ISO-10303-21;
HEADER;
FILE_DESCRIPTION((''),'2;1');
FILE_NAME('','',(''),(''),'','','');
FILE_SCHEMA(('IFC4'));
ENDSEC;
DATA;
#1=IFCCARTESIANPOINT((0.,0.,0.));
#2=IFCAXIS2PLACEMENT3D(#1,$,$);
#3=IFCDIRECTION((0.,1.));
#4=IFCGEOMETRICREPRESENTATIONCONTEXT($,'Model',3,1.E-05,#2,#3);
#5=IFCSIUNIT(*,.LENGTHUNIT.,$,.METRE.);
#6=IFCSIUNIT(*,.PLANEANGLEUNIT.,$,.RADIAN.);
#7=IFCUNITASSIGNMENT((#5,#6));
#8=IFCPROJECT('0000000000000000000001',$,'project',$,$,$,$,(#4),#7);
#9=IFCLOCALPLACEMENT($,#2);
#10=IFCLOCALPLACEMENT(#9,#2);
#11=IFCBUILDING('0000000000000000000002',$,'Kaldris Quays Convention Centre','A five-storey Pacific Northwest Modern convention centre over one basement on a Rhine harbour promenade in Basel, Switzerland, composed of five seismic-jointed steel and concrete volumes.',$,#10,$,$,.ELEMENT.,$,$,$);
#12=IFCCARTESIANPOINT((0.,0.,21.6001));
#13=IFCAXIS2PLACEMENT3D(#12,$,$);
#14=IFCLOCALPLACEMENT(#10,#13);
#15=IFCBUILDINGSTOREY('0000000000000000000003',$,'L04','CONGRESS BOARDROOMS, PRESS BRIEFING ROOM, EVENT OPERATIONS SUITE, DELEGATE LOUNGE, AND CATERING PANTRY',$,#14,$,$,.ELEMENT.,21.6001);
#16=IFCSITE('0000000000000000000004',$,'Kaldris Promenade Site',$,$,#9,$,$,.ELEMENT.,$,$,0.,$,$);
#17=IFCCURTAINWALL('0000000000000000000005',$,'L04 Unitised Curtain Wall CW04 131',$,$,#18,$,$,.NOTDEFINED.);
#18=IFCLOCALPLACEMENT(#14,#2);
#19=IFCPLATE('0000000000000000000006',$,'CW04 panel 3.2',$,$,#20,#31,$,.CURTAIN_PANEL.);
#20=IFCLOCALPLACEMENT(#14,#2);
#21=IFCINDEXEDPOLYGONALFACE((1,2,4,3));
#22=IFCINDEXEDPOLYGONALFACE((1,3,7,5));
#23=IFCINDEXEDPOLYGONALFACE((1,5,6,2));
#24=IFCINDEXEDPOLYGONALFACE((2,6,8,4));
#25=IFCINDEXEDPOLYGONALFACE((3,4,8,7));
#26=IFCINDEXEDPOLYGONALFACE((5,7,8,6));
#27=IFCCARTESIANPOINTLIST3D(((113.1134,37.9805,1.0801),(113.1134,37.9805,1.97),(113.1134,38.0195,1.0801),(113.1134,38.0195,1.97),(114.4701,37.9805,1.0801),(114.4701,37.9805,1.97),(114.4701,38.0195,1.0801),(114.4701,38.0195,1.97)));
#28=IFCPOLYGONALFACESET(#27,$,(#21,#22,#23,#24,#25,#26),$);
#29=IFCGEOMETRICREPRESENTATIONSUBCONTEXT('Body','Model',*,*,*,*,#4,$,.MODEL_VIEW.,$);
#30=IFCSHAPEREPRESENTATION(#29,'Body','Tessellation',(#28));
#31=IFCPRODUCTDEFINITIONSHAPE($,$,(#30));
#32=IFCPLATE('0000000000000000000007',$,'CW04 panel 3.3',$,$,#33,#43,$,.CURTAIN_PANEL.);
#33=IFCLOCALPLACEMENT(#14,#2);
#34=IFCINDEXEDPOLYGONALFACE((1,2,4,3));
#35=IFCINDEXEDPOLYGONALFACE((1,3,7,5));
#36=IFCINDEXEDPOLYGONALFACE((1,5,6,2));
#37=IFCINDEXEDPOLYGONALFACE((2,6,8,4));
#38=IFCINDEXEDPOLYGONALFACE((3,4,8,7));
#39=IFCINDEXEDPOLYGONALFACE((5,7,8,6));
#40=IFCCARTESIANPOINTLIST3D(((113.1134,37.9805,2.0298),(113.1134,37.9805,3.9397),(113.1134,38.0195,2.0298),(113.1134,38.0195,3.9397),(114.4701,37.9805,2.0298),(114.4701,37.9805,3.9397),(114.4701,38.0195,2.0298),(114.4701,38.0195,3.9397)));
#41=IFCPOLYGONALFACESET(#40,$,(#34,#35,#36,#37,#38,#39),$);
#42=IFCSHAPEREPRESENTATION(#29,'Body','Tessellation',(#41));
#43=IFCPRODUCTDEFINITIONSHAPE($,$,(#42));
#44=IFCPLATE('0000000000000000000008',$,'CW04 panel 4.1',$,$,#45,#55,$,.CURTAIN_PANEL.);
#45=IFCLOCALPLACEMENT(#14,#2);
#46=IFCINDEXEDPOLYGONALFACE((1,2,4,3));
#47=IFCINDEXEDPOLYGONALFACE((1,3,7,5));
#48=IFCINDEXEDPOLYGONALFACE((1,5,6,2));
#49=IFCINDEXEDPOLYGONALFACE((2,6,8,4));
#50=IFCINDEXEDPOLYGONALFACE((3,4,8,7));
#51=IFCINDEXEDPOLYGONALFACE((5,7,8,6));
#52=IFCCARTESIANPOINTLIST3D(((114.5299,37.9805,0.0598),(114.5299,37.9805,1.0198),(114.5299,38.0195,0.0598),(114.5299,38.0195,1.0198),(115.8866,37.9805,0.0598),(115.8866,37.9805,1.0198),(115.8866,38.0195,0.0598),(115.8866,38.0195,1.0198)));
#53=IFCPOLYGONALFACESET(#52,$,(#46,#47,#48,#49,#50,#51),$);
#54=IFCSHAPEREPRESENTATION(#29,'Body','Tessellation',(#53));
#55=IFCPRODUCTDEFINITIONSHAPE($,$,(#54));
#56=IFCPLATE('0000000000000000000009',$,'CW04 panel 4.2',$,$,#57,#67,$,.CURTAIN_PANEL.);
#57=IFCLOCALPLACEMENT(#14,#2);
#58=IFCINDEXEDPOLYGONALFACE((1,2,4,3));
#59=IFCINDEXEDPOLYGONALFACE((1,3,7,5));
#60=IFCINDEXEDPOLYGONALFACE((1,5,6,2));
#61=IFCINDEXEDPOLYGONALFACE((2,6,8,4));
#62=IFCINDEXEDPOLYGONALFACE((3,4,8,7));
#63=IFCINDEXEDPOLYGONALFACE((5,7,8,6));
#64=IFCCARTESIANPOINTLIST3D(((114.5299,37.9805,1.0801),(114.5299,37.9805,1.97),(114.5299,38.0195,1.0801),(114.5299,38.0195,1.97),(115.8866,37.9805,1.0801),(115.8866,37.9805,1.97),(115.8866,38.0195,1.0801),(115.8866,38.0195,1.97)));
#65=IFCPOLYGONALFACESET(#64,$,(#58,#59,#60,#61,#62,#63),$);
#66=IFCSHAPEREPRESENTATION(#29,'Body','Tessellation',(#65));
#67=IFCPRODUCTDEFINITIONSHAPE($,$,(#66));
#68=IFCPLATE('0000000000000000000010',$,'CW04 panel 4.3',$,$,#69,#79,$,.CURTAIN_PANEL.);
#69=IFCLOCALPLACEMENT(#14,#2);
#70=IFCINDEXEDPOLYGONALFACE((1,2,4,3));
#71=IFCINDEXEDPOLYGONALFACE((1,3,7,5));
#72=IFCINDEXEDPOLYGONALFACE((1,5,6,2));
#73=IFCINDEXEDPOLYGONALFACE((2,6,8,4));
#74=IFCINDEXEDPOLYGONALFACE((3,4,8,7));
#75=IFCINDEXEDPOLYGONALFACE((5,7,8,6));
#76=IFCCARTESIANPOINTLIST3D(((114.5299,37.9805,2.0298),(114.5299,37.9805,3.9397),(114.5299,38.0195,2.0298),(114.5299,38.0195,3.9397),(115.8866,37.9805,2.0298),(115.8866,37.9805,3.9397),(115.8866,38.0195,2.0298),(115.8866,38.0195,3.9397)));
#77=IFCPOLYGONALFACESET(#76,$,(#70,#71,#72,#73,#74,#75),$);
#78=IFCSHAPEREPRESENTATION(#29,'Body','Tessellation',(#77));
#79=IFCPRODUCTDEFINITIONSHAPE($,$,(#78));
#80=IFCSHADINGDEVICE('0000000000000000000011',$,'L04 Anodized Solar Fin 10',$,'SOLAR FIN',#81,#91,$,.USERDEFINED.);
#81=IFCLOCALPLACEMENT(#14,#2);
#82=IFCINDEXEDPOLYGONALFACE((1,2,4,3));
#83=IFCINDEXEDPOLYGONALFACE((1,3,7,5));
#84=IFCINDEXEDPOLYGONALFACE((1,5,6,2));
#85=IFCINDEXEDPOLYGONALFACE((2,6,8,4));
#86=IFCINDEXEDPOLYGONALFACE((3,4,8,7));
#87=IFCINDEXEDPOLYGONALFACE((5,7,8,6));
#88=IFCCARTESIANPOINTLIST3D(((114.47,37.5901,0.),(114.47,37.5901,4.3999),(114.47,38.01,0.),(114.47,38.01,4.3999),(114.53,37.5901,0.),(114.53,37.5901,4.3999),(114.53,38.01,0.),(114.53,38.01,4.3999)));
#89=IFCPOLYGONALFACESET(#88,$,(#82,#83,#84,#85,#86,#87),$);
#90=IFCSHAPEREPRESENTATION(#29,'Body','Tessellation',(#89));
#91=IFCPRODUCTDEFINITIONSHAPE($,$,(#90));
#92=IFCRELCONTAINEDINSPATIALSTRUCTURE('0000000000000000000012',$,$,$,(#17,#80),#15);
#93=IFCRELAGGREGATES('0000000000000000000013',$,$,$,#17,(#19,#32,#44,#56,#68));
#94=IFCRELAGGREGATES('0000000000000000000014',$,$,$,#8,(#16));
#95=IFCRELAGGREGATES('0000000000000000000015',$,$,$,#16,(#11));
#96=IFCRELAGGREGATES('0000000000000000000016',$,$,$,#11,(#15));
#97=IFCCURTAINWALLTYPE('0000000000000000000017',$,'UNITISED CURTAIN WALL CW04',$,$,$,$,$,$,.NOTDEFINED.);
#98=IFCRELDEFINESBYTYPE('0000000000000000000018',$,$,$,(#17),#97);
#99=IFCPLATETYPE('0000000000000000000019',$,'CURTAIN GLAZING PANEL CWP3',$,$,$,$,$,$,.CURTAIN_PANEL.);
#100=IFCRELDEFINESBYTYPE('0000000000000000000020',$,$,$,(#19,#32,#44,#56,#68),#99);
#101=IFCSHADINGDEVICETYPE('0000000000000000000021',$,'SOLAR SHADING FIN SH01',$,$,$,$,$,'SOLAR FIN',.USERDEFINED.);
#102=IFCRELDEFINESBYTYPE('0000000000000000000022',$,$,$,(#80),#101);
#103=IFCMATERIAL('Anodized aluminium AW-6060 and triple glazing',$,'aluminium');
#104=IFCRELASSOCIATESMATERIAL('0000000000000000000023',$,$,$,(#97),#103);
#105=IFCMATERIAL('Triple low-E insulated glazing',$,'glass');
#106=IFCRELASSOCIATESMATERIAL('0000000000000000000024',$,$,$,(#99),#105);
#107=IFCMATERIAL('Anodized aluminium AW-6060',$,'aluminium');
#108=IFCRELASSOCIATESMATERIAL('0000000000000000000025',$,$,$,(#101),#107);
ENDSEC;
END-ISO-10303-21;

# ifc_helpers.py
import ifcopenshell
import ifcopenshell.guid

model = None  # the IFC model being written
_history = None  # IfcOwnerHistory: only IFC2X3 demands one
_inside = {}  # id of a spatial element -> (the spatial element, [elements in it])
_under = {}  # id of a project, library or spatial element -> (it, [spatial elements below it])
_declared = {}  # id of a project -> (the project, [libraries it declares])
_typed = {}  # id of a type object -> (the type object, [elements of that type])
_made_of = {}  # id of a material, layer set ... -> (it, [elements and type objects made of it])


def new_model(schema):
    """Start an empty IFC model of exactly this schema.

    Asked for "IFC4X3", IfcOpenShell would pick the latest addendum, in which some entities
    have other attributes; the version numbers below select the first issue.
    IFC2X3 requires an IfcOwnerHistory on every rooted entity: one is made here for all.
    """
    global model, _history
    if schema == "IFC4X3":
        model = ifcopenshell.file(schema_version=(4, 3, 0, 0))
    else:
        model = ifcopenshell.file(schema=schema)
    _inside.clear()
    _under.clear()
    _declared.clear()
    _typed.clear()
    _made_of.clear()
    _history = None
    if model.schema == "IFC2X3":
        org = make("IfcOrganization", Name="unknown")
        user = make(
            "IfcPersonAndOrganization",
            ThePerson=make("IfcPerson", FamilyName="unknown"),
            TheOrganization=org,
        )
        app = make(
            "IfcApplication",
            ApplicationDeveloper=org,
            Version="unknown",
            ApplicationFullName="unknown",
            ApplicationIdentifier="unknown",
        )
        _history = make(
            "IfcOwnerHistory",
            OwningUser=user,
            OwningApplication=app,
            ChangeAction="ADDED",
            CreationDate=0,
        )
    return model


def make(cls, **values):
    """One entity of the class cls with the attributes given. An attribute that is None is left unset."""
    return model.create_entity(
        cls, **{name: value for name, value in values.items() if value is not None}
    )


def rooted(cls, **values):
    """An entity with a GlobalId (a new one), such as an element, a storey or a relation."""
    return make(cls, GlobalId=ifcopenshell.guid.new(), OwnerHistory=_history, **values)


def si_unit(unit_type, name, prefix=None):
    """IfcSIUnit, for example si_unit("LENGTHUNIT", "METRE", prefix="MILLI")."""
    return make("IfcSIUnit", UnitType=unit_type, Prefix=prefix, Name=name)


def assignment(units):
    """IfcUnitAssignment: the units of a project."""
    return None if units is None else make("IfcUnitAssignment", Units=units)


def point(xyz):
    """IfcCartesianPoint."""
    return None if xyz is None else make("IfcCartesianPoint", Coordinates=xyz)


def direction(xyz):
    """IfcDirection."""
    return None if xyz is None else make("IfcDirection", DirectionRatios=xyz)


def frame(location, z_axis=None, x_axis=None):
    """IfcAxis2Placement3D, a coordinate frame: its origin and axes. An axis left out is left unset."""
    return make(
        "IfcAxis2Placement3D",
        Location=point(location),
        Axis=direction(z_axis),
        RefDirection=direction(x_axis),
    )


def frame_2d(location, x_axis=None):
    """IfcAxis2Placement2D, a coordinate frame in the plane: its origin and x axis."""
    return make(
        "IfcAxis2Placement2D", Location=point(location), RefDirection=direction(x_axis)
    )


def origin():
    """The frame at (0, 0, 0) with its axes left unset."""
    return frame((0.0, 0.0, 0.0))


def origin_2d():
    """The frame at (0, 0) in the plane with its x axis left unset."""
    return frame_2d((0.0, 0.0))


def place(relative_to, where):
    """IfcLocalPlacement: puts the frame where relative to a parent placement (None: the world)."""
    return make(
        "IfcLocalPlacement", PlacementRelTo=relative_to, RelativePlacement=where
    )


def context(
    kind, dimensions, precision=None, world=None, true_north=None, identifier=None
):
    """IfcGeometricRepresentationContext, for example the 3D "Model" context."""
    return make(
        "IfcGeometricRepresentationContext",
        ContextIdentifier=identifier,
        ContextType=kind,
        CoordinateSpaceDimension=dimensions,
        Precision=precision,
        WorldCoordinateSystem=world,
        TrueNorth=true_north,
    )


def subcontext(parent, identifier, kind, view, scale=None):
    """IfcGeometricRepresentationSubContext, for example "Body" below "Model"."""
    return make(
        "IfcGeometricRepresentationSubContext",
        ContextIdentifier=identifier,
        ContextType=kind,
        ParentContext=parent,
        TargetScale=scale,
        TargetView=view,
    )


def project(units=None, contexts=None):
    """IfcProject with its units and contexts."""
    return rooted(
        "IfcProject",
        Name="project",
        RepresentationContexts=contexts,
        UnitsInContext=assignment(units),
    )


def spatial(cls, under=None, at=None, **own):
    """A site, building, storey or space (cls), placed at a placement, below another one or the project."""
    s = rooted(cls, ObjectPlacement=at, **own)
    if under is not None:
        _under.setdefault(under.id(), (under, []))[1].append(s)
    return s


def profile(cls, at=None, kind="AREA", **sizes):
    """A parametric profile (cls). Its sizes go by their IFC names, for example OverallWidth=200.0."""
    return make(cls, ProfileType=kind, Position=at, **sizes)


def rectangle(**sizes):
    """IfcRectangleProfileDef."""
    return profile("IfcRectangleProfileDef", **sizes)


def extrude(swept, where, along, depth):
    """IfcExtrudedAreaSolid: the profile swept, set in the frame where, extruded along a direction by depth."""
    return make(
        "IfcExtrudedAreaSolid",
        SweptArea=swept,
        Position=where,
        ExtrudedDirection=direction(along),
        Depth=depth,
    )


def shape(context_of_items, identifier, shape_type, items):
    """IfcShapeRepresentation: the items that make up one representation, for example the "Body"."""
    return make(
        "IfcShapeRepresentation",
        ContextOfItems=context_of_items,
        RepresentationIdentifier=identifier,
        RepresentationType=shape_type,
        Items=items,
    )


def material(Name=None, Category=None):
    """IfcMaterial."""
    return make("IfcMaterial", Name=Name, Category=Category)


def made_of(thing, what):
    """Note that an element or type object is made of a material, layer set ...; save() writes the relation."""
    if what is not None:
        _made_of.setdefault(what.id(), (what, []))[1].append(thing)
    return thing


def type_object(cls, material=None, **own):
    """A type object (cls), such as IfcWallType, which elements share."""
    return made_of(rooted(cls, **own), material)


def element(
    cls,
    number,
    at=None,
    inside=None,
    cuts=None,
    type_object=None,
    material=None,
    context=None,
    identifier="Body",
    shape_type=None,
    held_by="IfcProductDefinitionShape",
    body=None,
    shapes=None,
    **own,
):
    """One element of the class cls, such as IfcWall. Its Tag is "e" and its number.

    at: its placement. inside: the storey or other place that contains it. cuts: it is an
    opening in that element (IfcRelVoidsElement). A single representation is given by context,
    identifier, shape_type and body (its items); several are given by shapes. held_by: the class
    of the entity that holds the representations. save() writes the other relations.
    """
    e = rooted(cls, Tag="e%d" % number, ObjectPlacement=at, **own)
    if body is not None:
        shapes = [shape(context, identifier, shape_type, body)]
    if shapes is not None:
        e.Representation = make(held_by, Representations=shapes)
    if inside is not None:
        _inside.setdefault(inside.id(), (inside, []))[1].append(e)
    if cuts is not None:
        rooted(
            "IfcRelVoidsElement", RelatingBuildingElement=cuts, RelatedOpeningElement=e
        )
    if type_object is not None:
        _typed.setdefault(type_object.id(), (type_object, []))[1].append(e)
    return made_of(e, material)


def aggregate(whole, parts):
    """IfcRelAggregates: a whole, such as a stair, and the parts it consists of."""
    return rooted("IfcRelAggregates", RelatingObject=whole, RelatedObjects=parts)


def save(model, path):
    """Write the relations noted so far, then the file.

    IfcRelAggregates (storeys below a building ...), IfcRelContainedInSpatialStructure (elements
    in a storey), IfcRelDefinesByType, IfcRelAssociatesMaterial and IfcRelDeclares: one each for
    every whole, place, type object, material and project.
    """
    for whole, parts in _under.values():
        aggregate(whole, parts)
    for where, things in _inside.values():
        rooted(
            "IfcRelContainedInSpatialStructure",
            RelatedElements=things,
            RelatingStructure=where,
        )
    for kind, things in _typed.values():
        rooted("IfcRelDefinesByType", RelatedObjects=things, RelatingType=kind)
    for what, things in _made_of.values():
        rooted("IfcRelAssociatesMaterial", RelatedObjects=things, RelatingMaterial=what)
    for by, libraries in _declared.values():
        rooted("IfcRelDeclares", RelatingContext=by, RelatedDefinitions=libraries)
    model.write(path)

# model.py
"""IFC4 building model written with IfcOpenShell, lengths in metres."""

from ifc_helpers import new_model, si_unit, direction, frame, origin, origin_2d, place, context, subcontext, project, spatial, rectangle, extrude, material, type_object, element, aggregate, save


model = new_model("IFC4")

# Units and contexts
model_context = context("Model", 3, precision=1e-05, world=origin(), true_north=direction((0.0, 1.0)))
body_context = subcontext(model_context, "Body", "Model", "MODEL_VIEW")
ifc_project = project(units=[si_unit("LENGTHUNIT", "METRE"), si_unit("PLANEANGLEUNIT", "RADIAN")], contexts=[model_context])

# Site, building, storey
site_placement = place(None, origin())
site = spatial("IfcSite", under=ifc_project, at=site_placement, Name="Kaldris Promenade Site", CompositionType="ELEMENT", RefElevation=0.0)
building_placement = place(site_placement, origin())
building = spatial("IfcBuilding", under=site, at=building_placement, Name="Kaldris Quays Convention Centre", Description="A five-storey Pacific Northwest Modern convention centre over one basement on a Rhine harbour promenade in Basel, Switzerland, composed of five seismic-jointed steel and concrete volumes.", CompositionType="ELEMENT")
storey_placement = place(building_placement, frame((0.0, 0.0, 21.6001)))
storey = spatial("IfcBuildingStorey", under=building, at=storey_placement, Name="L04", Description="CONGRESS BOARDROOMS, PRESS BRIEFING ROOM, EVENT OPERATIONS SUITE, DELEGATE LOUNGE, AND CATERING PANTRY", CompositionType="ELEMENT", Elevation=21.6001)

# Curtain wall, plates
ifc_material_1 = material(Name="Anodized aluminium AW-6060 and triple glazing", Category="aluminium")
curtain_wall_type = type_object("IfcCurtainWallType", Name="UNITISED CURTAIN WALL CW04", PredefinedType="NOTDEFINED", material=ifc_material_1)
curtain_wall_placement = place(storey_placement, origin())
curtain_wall = element("IfcCurtainWall", 1, at=curtain_wall_placement, inside=storey, type_object=curtain_wall_type, Name="L04 Unitised Curtain Wall CW04 131", PredefinedType="NOTDEFINED")
ifc_material_2 = material(Name="Anodized aluminium AW-6060", Category="aluminium")
ifc_material_3 = material(Name="Triple low-E insulated glazing", Category="glass")
plate_type = type_object("IfcPlateType", Name="CURTAIN GLAZING PANEL CWP3", PredefinedType="CURTAIN_PANEL", material=ifc_material_3)
plate_1_placement = place(storey_placement, frame((113.7917, 38.0, 1.0801), z_axis=(0.0, 0.0, 1.0), x_axis=(1.0, 0.0, 0.0)))
plate_1 = element("IfcPlate", 2, at=plate_1_placement, type_object=plate_type, Name="CW04 panel 3.2", PredefinedType="CURTAIN_PANEL", context=body_context, shape_type="SweptSolid", body=[
    extrude(rectangle(XDim=1.3567, YDim=0.0391, at=origin_2d()), origin(), (0.0, 0.0, 1.0), 0.8899),
])
plate_2_placement = place(storey_placement, frame((113.7917, 38.0, 2.0298), z_axis=(0.0, 0.0, 1.0), x_axis=(1.0, 0.0, 0.0)))
plate_2 = element("IfcPlate", 3, at=plate_2_placement, type_object=plate_type, Name="CW04 panel 3.3", PredefinedType="CURTAIN_PANEL", context=body_context, shape_type="SweptSolid", body=[
    extrude(rectangle(XDim=1.3567, YDim=0.0391, at=origin_2d()), origin(), (0.0, 0.0, 1.0), 1.9099),
])
plate_3_placement = place(storey_placement, frame((115.2083, 38.0, 0.0598), z_axis=(0.0, 0.0, 1.0), x_axis=(1.0, 0.0, 0.0)))
plate_3 = element("IfcPlate", 4, at=plate_3_placement, type_object=plate_type, Name="CW04 panel 4.1", PredefinedType="CURTAIN_PANEL", context=body_context, shape_type="SweptSolid", body=[
    extrude(rectangle(XDim=1.3567, YDim=0.0391, at=origin_2d()), origin(), (0.0, 0.0, 1.0), 0.96),
])
plate_4_placement = place(storey_placement, frame((115.2083, 38.0, 1.0801), z_axis=(0.0, 0.0, 1.0), x_axis=(1.0, 0.0, 0.0)))
plate_4 = element("IfcPlate", 5, at=plate_4_placement, type_object=plate_type, Name="CW04 panel 4.2", PredefinedType="CURTAIN_PANEL", context=body_context, shape_type="SweptSolid", body=[
    extrude(rectangle(XDim=1.3567, YDim=0.0391, at=origin_2d()), origin(), (0.0, 0.0, 1.0), 0.8899),
])
plate_5_placement = place(storey_placement, frame((115.2083, 38.0, 2.0298), z_axis=(0.0, 0.0, 1.0), x_axis=(1.0, 0.0, 0.0)))
plate_5 = element("IfcPlate", 6, at=plate_5_placement, type_object=plate_type, Name="CW04 panel 4.3", PredefinedType="CURTAIN_PANEL", context=body_context, shape_type="SweptSolid", body=[
    extrude(rectangle(XDim=1.3567, YDim=0.0391, at=origin_2d()), origin(), (0.0, 0.0, 1.0), 1.9099),
])
aggregate(curtain_wall, [plate_1, plate_2, plate_3, plate_4, plate_5])

# Shading device
shading_device_type = type_object("IfcShadingDeviceType", Name="SOLAR SHADING FIN SH01", ElementType="SOLAR FIN", PredefinedType="USERDEFINED", material=ifc_material_2)
shading_device_placement = place(storey_placement, frame((114.5, 37.8, 0.0), z_axis=(0.0, 0.0, 1.0), x_axis=(1.0, 0.0, 0.0)))
element("IfcShadingDevice", 7, at=shading_device_placement, inside=storey, type_object=shading_device_type, Name="L04 Anodized Solar Fin 10", ObjectType="SOLAR FIN", PredefinedType="USERDEFINED", context=body_context, shape_type="SweptSolid", body=[
    extrude(rectangle(XDim=0.0601, YDim=0.4199, at=origin_2d()), origin(), (0.0, 0.0, 1.0), 4.3999),
])

save(model, "model.ifc")
